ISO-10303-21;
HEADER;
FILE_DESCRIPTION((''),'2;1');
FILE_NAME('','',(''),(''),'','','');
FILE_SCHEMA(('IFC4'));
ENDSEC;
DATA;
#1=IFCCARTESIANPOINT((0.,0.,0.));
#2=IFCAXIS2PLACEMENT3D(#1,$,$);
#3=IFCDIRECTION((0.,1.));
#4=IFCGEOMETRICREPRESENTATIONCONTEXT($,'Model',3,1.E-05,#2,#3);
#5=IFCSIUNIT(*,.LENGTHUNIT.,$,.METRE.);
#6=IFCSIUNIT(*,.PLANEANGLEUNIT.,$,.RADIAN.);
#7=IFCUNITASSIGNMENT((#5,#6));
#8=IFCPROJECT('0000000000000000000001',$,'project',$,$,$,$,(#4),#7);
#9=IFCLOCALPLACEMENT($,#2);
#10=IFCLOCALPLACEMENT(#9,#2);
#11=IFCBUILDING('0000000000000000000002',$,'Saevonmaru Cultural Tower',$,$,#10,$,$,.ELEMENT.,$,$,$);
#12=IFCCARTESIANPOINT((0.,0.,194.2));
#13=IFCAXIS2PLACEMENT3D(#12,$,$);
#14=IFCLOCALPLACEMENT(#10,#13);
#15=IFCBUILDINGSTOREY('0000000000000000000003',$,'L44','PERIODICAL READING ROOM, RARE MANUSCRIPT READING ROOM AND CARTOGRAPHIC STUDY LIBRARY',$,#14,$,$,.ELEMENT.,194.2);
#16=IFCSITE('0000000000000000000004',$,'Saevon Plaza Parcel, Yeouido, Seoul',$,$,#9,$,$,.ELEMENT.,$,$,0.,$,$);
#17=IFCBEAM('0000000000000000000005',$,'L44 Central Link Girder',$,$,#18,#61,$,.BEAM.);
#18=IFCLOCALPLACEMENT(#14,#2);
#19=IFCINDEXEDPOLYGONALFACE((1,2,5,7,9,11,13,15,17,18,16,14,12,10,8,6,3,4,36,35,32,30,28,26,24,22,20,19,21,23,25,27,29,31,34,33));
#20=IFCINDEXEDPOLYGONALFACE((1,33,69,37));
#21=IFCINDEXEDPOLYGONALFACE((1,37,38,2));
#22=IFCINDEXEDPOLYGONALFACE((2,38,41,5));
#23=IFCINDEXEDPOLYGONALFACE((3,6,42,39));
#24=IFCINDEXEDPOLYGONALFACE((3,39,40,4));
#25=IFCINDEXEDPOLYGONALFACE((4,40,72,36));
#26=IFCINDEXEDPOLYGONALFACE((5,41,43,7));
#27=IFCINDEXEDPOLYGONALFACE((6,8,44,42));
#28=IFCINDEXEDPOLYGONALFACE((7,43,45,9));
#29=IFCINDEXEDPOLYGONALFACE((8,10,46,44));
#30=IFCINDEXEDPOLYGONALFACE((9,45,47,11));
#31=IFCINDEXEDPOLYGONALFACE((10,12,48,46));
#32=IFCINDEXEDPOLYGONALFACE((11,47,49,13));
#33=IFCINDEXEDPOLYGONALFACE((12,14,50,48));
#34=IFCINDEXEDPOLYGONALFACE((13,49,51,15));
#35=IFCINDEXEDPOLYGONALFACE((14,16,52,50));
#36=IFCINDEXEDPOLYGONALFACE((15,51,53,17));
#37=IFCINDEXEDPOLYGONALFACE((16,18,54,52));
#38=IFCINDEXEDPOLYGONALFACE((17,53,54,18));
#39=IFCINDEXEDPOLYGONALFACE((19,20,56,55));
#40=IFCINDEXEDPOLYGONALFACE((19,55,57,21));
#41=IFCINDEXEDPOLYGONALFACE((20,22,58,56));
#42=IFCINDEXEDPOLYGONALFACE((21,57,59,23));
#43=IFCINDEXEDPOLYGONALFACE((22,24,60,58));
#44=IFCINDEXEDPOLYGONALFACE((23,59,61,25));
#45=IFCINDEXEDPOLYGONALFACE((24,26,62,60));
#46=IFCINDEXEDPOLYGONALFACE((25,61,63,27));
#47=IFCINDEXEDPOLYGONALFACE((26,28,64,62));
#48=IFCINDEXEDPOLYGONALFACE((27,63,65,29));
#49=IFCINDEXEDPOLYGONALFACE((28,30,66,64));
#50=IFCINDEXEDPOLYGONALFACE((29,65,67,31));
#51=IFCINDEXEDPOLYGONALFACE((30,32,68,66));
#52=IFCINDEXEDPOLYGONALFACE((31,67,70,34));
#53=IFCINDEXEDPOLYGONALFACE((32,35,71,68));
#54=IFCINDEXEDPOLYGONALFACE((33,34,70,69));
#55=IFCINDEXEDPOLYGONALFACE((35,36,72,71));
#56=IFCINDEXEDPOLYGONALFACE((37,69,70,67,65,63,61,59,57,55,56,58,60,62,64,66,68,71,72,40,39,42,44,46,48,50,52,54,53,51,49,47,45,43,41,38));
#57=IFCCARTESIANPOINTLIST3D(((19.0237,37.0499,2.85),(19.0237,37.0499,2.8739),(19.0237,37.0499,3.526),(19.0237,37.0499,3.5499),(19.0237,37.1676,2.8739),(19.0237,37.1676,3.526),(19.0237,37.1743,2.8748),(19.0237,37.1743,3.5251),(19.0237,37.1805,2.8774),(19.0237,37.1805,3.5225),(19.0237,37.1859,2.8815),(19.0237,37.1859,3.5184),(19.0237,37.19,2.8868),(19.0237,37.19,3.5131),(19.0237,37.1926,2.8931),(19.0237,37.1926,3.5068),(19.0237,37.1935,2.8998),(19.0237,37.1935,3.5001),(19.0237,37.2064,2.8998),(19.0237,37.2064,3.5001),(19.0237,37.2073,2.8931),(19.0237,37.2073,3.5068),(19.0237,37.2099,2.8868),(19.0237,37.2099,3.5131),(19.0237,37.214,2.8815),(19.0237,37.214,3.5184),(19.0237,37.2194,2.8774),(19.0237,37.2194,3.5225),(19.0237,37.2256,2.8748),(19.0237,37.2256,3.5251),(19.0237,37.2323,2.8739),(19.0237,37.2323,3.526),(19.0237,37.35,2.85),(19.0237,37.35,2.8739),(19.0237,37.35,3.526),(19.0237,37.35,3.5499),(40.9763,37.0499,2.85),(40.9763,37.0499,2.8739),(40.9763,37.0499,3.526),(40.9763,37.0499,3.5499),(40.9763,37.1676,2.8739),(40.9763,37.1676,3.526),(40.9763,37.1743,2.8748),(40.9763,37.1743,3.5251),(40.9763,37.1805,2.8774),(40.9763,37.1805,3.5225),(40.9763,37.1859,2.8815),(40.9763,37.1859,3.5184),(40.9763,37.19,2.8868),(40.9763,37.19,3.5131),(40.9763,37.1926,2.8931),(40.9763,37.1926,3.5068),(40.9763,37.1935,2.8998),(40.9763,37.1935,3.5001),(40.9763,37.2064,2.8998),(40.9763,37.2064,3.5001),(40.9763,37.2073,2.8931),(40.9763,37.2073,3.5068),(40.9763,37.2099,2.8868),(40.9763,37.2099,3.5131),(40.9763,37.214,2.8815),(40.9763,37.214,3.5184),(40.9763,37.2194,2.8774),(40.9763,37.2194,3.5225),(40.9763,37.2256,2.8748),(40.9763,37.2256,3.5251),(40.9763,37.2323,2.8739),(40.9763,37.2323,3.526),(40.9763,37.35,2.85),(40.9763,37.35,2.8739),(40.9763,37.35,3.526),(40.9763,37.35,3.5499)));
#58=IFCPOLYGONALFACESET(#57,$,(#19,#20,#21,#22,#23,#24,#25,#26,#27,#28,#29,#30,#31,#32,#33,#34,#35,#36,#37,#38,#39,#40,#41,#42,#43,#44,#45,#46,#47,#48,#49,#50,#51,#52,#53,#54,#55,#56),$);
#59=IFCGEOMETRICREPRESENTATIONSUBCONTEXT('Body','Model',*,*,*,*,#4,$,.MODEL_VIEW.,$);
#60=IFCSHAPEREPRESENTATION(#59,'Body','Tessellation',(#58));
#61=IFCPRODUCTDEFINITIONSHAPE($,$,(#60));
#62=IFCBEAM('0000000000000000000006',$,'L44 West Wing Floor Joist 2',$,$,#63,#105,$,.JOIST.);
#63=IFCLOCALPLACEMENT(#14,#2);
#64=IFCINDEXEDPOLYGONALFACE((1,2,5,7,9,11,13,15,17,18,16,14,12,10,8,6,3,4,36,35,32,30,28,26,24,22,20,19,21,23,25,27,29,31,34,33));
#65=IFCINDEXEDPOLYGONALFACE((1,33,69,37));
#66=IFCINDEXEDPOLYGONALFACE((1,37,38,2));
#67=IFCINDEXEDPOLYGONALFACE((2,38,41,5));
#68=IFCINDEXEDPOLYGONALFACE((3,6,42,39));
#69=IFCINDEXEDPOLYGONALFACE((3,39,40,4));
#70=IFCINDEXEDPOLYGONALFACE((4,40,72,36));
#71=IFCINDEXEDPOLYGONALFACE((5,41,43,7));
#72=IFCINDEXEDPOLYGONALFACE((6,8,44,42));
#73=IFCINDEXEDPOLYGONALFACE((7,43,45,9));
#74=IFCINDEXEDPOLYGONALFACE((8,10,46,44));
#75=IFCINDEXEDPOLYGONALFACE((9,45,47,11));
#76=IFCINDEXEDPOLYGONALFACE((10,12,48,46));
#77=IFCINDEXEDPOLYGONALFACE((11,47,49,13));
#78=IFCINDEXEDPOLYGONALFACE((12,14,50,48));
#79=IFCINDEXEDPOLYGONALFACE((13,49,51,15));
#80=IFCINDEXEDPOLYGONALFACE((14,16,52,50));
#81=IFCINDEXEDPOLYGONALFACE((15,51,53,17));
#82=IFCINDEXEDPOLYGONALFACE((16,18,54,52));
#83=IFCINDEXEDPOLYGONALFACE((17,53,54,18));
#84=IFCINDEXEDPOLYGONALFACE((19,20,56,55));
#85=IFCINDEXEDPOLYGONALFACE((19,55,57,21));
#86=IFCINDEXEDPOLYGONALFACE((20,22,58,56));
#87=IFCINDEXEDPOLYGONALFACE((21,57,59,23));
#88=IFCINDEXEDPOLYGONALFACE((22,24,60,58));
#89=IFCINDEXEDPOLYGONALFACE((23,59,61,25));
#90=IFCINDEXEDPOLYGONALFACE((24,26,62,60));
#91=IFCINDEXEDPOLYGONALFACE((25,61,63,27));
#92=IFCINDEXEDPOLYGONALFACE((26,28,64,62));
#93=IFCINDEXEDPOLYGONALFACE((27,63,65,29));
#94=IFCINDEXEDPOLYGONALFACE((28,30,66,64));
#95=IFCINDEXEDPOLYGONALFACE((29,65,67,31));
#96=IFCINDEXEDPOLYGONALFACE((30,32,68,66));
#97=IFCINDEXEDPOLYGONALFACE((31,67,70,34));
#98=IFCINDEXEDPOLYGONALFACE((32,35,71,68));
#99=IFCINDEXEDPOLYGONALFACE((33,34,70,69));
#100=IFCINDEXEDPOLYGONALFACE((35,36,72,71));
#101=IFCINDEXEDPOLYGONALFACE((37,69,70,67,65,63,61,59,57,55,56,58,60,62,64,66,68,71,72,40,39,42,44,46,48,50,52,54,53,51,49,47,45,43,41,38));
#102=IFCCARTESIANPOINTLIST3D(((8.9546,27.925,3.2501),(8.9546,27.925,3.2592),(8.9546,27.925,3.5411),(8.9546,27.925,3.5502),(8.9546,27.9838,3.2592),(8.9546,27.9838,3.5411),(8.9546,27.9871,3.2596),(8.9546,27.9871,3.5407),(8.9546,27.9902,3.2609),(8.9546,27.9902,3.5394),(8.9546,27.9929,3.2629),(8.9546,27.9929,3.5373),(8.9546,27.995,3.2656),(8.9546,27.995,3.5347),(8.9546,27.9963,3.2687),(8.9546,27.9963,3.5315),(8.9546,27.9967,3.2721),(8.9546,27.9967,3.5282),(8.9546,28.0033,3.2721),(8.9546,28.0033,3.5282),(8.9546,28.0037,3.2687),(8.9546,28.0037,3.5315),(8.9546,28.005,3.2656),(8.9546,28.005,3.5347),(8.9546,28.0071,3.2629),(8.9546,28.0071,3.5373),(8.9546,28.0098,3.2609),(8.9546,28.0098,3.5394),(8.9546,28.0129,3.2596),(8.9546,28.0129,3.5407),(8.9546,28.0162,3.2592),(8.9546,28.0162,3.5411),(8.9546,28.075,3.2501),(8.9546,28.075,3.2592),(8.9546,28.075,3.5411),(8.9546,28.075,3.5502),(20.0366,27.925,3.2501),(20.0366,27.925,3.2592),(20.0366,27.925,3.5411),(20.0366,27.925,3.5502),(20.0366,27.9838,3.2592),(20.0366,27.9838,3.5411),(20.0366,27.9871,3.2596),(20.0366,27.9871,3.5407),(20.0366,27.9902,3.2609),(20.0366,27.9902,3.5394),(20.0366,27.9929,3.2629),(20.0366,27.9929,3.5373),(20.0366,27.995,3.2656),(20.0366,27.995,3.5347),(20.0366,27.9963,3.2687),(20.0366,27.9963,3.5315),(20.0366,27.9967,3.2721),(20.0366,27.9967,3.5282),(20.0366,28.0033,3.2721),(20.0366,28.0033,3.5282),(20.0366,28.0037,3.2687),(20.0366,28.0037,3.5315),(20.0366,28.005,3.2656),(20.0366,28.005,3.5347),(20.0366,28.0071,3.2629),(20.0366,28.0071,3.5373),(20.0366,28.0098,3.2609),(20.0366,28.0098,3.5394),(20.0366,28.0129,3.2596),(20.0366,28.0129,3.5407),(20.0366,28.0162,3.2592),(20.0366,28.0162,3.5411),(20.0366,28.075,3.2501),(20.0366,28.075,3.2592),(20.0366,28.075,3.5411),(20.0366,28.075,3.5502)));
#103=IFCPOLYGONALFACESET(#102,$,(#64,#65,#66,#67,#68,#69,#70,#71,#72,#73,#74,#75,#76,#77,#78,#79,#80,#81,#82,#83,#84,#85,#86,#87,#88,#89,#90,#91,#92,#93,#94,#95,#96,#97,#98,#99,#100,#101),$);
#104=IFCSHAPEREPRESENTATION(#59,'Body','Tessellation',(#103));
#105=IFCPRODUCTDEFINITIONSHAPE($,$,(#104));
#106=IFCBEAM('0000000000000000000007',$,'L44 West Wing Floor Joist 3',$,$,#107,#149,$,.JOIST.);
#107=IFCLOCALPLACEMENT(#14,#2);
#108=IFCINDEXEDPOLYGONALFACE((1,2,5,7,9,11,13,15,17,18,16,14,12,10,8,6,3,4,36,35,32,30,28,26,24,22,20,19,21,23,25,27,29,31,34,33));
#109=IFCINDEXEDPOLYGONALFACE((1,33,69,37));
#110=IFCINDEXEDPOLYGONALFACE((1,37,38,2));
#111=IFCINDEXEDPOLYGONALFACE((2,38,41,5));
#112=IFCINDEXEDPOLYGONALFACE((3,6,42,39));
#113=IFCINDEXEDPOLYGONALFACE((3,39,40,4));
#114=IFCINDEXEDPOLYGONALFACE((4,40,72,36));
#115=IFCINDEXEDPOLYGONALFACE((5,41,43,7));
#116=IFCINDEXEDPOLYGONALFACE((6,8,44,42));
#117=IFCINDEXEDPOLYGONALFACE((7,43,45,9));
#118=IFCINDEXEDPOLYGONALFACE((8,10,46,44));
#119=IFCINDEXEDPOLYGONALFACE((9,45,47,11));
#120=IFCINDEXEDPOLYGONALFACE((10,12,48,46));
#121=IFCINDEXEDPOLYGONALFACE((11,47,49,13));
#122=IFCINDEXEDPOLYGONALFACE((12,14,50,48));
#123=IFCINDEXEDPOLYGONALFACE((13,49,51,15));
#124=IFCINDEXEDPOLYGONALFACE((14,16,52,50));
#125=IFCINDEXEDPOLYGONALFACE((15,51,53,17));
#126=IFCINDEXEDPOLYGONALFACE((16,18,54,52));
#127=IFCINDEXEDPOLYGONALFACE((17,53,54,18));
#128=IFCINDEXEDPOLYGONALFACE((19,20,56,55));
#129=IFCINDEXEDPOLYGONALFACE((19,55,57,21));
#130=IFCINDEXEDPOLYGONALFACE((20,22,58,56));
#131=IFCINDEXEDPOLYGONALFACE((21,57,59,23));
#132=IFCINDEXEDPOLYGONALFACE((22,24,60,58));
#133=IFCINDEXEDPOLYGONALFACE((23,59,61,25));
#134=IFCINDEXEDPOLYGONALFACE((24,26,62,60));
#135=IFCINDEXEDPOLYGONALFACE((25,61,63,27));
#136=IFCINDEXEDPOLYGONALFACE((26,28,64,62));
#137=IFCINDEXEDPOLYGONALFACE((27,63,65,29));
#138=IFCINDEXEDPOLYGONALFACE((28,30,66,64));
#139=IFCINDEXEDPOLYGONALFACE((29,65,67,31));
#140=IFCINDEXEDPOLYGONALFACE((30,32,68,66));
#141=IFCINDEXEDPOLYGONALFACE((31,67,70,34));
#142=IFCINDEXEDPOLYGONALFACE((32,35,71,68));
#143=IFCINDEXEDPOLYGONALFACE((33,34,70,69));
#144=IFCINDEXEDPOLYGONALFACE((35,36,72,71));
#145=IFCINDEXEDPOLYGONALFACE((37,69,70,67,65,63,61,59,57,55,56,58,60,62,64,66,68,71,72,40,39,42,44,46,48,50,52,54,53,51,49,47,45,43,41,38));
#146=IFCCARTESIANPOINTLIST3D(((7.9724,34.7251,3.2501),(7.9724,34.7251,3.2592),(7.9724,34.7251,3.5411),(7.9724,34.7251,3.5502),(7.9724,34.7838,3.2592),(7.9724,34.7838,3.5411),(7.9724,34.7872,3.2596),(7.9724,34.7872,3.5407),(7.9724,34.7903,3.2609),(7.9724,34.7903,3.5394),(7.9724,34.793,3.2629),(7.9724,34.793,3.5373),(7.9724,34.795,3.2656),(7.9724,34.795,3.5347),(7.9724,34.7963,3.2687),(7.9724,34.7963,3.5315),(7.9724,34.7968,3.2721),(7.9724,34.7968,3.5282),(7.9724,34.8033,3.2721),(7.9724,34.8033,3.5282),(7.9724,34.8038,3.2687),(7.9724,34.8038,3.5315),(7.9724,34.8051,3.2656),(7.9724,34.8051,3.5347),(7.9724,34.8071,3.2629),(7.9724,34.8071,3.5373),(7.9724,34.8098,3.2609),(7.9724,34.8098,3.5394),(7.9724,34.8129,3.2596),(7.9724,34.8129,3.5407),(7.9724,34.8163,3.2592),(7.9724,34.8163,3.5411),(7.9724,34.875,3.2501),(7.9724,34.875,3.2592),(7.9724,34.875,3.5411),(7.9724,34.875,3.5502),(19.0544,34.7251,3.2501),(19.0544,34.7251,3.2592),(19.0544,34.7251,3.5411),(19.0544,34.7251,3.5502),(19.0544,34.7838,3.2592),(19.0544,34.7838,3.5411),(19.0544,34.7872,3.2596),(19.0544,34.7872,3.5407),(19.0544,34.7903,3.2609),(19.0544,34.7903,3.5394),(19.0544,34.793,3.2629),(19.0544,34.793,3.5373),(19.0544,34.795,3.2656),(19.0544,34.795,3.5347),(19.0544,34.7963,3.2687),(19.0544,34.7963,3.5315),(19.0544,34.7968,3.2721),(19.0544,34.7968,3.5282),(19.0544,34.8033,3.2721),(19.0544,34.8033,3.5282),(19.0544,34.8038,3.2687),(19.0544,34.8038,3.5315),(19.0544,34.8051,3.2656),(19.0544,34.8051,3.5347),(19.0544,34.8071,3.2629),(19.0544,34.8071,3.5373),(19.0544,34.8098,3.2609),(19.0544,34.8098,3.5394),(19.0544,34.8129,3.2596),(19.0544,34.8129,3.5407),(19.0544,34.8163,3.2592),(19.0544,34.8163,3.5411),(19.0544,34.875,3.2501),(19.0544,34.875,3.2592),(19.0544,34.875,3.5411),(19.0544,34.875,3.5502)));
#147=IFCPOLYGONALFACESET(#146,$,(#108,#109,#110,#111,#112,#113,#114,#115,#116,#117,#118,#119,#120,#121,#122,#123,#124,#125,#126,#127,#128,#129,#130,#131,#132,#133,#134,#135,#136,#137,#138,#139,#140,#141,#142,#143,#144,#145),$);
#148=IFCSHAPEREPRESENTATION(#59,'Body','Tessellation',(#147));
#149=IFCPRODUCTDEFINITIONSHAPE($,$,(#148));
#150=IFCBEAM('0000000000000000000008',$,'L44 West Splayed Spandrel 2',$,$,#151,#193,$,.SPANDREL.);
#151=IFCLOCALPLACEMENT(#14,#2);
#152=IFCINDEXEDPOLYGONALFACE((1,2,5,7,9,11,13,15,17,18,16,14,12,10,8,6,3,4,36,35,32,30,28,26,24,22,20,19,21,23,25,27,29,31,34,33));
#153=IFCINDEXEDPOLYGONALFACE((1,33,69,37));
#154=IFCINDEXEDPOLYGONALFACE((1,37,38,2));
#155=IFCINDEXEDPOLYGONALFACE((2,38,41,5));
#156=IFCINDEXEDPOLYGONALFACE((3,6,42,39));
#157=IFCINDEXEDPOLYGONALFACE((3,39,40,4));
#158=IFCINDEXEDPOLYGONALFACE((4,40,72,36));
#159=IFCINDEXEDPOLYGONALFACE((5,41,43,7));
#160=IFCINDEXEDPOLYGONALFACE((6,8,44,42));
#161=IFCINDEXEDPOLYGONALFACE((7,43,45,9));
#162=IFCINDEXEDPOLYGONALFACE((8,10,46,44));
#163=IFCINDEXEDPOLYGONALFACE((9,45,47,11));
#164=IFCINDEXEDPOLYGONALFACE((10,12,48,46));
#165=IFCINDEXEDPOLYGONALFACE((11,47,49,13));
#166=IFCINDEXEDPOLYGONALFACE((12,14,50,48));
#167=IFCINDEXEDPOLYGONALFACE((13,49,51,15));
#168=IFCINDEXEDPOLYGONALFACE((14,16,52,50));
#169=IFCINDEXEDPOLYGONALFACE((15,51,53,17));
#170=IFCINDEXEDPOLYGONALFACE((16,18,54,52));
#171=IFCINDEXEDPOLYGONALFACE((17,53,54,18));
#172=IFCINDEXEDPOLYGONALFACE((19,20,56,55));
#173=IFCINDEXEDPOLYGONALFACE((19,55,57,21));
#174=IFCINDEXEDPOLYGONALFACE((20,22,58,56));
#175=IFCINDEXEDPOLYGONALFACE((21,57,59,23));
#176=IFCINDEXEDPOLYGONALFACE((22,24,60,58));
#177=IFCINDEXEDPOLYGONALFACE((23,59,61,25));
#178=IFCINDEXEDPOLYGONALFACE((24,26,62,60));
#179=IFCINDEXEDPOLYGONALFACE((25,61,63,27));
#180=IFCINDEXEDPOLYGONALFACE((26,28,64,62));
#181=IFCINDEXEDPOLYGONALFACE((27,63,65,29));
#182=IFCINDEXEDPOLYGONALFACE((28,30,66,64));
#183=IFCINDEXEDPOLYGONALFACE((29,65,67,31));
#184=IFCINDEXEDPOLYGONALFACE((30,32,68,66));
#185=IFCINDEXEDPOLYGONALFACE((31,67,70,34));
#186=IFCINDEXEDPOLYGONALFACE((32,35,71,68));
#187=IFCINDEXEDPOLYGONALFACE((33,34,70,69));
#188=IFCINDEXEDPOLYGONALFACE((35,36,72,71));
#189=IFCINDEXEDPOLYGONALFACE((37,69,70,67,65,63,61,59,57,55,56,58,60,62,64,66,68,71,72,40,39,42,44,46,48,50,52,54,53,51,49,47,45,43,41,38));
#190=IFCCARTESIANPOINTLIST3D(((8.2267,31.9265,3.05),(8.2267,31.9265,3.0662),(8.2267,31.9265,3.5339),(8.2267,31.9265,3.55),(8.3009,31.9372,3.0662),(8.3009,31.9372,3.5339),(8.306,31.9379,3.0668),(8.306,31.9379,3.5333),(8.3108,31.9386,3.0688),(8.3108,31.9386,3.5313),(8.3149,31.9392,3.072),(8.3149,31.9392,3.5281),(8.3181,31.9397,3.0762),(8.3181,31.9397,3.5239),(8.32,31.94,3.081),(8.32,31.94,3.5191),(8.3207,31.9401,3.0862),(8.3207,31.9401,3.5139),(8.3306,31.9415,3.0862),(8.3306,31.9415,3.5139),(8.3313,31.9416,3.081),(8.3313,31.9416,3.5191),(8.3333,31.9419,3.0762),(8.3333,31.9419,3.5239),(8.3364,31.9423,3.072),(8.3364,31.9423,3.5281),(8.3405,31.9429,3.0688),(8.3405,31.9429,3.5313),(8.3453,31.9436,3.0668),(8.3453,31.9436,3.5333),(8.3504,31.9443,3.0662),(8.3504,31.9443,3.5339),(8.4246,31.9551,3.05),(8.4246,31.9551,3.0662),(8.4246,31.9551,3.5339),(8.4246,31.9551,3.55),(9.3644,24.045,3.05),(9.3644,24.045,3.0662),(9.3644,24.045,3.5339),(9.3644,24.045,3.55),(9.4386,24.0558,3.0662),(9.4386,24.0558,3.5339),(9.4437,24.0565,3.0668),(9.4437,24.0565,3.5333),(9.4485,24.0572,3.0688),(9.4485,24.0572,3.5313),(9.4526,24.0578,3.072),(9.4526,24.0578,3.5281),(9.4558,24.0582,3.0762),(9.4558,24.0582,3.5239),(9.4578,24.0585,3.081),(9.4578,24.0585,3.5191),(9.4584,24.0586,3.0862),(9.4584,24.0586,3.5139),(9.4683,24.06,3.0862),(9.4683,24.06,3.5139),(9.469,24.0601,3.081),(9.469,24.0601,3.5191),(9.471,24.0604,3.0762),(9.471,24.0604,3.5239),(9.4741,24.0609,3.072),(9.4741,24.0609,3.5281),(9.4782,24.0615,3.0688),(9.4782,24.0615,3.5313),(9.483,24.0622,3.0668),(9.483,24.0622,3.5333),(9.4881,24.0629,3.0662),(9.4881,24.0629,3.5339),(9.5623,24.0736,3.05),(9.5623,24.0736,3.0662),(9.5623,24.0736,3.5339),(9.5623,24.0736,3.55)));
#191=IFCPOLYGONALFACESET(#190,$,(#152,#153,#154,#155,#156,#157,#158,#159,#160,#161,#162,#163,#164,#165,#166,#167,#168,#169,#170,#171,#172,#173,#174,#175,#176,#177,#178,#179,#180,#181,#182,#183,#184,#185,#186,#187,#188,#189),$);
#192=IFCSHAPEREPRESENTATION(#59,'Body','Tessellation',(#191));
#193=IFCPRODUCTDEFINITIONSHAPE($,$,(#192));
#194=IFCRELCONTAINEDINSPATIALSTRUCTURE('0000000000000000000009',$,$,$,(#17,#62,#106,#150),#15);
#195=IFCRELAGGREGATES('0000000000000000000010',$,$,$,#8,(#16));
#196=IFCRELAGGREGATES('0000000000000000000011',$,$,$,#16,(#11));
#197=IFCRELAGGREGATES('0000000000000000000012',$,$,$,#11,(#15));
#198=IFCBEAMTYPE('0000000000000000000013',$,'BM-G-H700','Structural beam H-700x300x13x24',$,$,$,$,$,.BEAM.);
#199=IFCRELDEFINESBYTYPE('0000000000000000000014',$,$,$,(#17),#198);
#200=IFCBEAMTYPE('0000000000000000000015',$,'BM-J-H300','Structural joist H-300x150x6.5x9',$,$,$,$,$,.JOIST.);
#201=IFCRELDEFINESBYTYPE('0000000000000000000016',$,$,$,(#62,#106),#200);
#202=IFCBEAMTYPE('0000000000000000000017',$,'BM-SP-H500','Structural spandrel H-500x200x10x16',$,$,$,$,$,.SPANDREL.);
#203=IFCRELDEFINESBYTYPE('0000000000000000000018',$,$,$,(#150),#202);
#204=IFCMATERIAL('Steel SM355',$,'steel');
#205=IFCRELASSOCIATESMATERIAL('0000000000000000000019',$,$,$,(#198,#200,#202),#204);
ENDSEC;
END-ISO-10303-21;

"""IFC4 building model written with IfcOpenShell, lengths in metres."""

from ifc_helpers import new_model, si_unit, direction, frame, origin, origin_2d, place, context, subcontext, project, spatial, i_section, extrude, material, material_profile, profile_set, type_object, element, save


model = new_model("IFC4")

# Units and contexts
model_context = context("Model", 3, precision=1e-05, world=origin(), true_north=direction((0.0, 1.0)))
body_context = subcontext(model_context, "Body", "Model", "MODEL_VIEW")
ifc_project = project(units=[si_unit("LENGTHUNIT", "METRE"), si_unit("PLANEANGLEUNIT", "RADIAN")], contexts=[model_context])

# Site, building, storey
site_placement = place(None, origin())
site = spatial("IfcSite", under=ifc_project, at=site_placement, Name="Saevon Plaza Parcel, Yeouido, Seoul", CompositionType="ELEMENT", RefElevation=0.0)
building_placement = place(site_placement, origin())
building = spatial("IfcBuilding", under=site, at=building_placement, Name="Saevonmaru Cultural Tower", CompositionType="ELEMENT")
storey_placement = place(building_placement, frame((0.0, 0.0, 194.2)))
storey = spatial("IfcBuildingStorey", under=building, at=storey_placement, Name="L44", Description="PERIODICAL READING ROOM, RARE MANUSCRIPT READING ROOM AND CARTOGRAPHIC STUDY LIBRARY", CompositionType="ELEMENT", Elevation=194.2)

# Shared definitions
ifc_material_1 = material(Name="Steel SM355", Category="steel")

# Beams
ifc_material_profile_1 = material_profile(ifc_material_1, i_section(OverallWidth=0.3, OverallDepth=0.7, WebThickness=0.0129, FlangeThickness=0.0239, FilletRadius=0.0259, at=origin_2d()), Name="H-700x300x13x24")
ifc_profile_set_1 = profile_set([ifc_material_profile_1], Name="Steel SM355")
beam_type_1 = type_object("IfcBeamType", Name="BM-G-H700", Description="Structural beam H-700x300x13x24", PredefinedType="BEAM", material=ifc_profile_set_1)
beam_1_placement = place(storey_placement, frame((19.0237, 37.2, 3.2), z_axis=(1.0, 0.0, 0.0), x_axis=(0.0, 1.0, 0.0)))
element("IfcBeam", 1, at=beam_1_placement, inside=storey, type_object=beam_type_1, Name="L44 Central Link Girder", PredefinedType="BEAM", context=body_context, shape_type="SweptSolid", body=[
    extrude(i_section(OverallWidth=0.3, OverallDepth=0.7, WebThickness=0.0129, FlangeThickness=0.0239, FilletRadius=0.0259, at=origin_2d()), origin(), (0.0, 0.0, 1.0), 21.9526),
])
ifc_material_profile_2 = material_profile(ifc_material_1, i_section(OverallWidth=0.1499, OverallDepth=0.3, WebThickness=0.0066, FlangeThickness=0.009, FilletRadius=0.0129, at=origin_2d()), Name="H-300x150x6.5x9")
ifc_profile_set_2 = profile_set([ifc_material_profile_2], Name="Steel SM355")
beam_type_2 = type_object("IfcBeamType", Name="BM-J-H300", Description="Structural joist H-300x150x6.5x9", PredefinedType="JOIST", material=ifc_profile_set_2)
for number, where, z_axis, x_axis, name in (
    (2, (8.9546, 28.0, 3.4001), (1.0, 0.0, 0.0), (0.0, 1.0, 0.0), "L44 West Wing Floor Joist 2"),
    (3, (7.9724, 34.8, 3.4001), (1.0, 0.0, 0.0), (0.0, 1.0, 0.0), "L44 West Wing Floor Joist 3"),
):
    element("IfcBeam", number, at=place(storey_placement, frame(where, z_axis=z_axis, x_axis=x_axis)), inside=storey, type_object=beam_type_2, Name=name, PredefinedType="JOIST", context=body_context, shape_type="SweptSolid", body=[
        extrude(i_section(OverallWidth=0.1499, OverallDepth=0.3, WebThickness=0.0066, FlangeThickness=0.009, FilletRadius=0.0129, at=origin_2d()), origin(), (0.0, 0.0, 1.0), 11.082),
    ])
ifc_material_profile_3 = material_profile(ifc_material_1, i_section(OverallWidth=0.2, OverallDepth=0.5, WebThickness=0.01, FlangeThickness=0.0161, FilletRadius=0.02, at=origin_2d()), Name="H-500x200x10x16")
ifc_profile_set_3 = profile_set([ifc_material_profile_3], Name="Steel SM355")
beam_type_3 = type_object("IfcBeamType", Name="BM-SP-H500", Description="Structural spandrel H-500x200x10x16", PredefinedType="SPANDREL", material=ifc_profile_set_3)
beam_2_placement = place(storey_placement, frame((9.4634, 24.0593, 3.3), z_axis=(-0.142872, 0.989741, 0.0), x_axis=(-0.989741, -0.142872, 0.0)))
element("IfcBeam", 4, at=beam_2_placement, inside=storey, type_object=beam_type_3, Name="L44 West Splayed Spandrel 2", PredefinedType="SPANDREL", context=body_context, shape_type="SweptSolid", body=[
    extrude(i_section(OverallWidth=0.2, OverallDepth=0.5, WebThickness=0.01, FlangeThickness=0.0161, FilletRadius=0.02, at=origin_2d()), origin(), (0.0, 0.0, 1.0), 7.9631),
])

save(model, "model.ifc")
